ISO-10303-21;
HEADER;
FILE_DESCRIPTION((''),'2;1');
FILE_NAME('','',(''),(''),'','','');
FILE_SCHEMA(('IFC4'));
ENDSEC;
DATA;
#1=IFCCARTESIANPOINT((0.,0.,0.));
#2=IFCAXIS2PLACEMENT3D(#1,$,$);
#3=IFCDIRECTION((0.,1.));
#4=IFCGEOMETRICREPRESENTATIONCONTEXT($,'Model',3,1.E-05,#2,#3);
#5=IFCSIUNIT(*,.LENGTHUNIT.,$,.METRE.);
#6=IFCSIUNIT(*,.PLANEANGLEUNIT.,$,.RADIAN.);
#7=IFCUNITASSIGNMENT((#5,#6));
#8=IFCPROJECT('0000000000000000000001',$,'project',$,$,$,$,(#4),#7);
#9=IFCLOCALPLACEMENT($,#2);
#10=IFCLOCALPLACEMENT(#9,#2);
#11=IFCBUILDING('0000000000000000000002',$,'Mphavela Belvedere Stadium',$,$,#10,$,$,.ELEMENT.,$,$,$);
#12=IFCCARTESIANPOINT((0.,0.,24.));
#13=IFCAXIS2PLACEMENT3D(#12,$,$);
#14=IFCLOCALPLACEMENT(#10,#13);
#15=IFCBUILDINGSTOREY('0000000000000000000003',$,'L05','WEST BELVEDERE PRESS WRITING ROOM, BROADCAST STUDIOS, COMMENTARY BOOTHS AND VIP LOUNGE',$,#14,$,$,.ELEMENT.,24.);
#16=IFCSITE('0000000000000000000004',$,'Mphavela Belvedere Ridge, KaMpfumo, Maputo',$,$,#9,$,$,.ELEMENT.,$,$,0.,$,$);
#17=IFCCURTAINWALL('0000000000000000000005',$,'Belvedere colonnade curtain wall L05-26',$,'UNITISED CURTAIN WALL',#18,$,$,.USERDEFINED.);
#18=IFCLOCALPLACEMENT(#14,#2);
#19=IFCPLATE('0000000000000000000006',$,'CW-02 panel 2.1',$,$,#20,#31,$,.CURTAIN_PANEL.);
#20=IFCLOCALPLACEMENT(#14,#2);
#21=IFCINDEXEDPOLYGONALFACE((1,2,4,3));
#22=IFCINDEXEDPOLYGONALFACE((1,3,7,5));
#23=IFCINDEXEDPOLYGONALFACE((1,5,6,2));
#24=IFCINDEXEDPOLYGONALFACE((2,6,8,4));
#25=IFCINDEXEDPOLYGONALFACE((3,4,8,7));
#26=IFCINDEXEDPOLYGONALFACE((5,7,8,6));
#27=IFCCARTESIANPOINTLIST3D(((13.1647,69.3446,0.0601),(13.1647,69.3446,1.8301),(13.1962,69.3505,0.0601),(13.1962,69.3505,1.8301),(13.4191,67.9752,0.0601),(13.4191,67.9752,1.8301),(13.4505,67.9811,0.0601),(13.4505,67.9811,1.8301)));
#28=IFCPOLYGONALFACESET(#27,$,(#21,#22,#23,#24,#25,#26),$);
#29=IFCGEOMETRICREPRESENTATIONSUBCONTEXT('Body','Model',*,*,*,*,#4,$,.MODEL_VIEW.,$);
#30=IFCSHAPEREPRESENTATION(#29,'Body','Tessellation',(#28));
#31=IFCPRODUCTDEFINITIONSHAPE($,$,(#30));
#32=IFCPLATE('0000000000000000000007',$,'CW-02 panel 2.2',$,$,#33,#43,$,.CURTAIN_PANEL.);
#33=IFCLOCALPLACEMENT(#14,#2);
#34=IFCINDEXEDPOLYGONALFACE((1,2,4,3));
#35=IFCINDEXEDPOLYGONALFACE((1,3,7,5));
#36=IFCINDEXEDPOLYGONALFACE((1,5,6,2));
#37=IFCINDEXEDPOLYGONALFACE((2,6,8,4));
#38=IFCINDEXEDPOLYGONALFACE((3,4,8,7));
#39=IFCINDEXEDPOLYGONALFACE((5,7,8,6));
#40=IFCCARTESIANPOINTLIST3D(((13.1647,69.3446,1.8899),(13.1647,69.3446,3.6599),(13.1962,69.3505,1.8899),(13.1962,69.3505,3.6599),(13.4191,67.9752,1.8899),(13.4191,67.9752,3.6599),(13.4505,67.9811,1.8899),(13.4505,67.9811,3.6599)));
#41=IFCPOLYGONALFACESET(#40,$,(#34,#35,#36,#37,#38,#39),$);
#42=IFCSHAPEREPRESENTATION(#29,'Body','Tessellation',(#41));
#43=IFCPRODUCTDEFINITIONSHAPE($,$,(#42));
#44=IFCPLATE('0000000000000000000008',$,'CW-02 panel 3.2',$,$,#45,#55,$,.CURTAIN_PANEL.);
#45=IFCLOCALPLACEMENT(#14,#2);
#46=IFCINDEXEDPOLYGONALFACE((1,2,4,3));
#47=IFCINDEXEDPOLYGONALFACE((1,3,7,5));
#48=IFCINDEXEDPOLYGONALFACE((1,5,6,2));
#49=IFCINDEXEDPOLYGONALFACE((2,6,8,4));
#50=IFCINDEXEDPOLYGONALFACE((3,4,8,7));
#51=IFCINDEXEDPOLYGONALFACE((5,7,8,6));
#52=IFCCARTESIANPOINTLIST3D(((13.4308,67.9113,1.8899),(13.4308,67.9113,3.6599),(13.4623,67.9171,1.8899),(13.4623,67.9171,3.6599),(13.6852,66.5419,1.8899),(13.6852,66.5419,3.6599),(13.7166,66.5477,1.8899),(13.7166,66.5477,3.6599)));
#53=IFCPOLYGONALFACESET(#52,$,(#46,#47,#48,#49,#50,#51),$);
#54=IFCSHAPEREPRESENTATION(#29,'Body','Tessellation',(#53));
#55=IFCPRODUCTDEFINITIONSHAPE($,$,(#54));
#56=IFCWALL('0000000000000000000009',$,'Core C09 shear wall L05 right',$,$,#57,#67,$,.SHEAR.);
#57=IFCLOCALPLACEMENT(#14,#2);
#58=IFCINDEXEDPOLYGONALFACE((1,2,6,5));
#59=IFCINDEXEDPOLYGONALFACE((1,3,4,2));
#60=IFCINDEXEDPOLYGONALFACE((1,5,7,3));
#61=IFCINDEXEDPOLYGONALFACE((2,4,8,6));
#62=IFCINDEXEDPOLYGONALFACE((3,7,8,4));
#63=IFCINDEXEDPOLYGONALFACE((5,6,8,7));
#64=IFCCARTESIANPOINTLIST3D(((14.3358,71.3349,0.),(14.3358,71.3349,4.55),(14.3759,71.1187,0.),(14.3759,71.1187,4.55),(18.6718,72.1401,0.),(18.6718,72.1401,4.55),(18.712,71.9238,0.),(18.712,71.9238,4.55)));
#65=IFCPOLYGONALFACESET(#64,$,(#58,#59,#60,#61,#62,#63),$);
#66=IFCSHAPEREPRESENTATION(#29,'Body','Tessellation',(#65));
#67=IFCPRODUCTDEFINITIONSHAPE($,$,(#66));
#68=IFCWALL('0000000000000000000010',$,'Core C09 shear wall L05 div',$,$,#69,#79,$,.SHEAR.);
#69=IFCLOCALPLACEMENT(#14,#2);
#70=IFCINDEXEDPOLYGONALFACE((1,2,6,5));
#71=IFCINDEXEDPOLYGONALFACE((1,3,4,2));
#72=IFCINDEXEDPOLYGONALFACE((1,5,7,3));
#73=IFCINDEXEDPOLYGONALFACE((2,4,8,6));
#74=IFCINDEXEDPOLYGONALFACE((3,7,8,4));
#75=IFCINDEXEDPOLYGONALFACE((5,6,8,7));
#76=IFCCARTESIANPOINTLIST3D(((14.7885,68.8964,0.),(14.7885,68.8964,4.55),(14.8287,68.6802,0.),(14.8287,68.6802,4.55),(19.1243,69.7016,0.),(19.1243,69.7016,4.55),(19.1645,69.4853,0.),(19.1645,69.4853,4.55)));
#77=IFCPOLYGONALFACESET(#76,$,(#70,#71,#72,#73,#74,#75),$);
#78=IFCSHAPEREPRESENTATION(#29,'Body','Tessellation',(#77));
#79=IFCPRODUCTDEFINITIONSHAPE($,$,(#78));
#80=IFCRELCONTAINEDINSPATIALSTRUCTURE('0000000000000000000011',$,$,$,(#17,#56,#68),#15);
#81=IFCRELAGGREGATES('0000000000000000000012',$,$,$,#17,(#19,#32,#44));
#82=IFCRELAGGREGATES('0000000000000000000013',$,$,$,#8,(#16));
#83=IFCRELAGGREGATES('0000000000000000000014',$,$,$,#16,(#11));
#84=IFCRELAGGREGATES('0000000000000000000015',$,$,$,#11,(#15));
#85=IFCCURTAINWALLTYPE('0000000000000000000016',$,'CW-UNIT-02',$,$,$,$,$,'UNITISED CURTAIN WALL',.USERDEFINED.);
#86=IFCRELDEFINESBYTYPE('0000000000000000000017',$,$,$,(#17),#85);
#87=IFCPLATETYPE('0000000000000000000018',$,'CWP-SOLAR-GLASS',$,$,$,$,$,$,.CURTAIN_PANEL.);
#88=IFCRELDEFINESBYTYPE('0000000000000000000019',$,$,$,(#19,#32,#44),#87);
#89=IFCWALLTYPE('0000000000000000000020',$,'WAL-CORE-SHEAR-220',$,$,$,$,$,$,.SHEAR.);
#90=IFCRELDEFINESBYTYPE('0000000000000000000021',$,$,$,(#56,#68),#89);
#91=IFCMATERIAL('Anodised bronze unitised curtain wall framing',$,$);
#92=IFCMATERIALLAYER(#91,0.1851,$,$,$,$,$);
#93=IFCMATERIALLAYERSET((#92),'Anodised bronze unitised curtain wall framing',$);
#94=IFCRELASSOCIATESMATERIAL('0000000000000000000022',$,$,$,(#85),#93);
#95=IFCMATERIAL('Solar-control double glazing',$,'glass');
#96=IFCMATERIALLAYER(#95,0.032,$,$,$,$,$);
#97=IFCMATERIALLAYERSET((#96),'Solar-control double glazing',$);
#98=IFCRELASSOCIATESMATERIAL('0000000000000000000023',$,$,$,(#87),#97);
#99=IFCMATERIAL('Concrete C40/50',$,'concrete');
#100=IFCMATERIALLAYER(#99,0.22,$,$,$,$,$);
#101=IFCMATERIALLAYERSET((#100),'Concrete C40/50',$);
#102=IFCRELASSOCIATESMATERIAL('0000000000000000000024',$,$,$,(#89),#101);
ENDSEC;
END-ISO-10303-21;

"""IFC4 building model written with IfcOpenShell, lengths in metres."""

from ifc_helpers import new_model, si_unit, direction, frame, frame_2d, origin, origin_2d, place, context, subcontext, project, spatial, rectangle, extrude, material, layer, layer_set, type_object, element, aggregate, save


model = new_model("IFC4")

# Units and contexts
model_context = context("Model", 3, precision=1e-05, world=origin(), true_north=direction((0.0, 1.0)))
body_context = subcontext(model_context, "Body", "Model", "MODEL_VIEW")
ifc_project = project(units=[si_unit("LENGTHUNIT", "METRE"), si_unit("PLANEANGLEUNIT", "RADIAN")], contexts=[model_context])

# Site, building, storey
site_placement = place(None, origin())
site = spatial("IfcSite", under=ifc_project, at=site_placement, Name="Mphavela Belvedere Ridge, KaMpfumo, Maputo", CompositionType="ELEMENT", RefElevation=0.0)
building_placement = place(site_placement, origin())
building = spatial("IfcBuilding", under=site, at=building_placement, Name="Mphavela Belvedere Stadium", CompositionType="ELEMENT")
storey_placement = place(building_placement, frame((0.0, 0.0, 24.0)))
storey = spatial("IfcBuildingStorey", under=building, at=storey_placement, Name="L05", Description="WEST BELVEDERE PRESS WRITING ROOM, BROADCAST STUDIOS, COMMENTARY BOOTHS AND VIP LOUNGE", CompositionType="ELEMENT", Elevation=24.0)

# Curtain wall
ifc_material_1 = material(Name="Anodised bronze unitised curtain wall framing")
ifc_layer_1 = layer(ifc_material_1, 0.1851)
ifc_layer_set_1 = layer_set([ifc_layer_1], Name="Anodised bronze unitised curtain wall framing")
curtain_wall_type_1 = type_object("IfcCurtainWallType", Name="CW-UNIT-02", ElementType="UNITISED CURTAIN WALL", PredefinedType="USERDEFINED", material=ifc_layer_set_1)
curtain_wall_1_placement = place(storey_placement, origin())
curtain_wall_1 = element("IfcCurtainWall", 1, at=curtain_wall_1_placement, inside=storey, type_object=curtain_wall_type_1, Name="Belvedere colonnade curtain wall L05-26", ObjectType="UNITISED CURTAIN WALL", PredefinedType="USERDEFINED")

# Plates
ifc_material_2 = material(Name="Solar-control double glazing", Category="glass")
ifc_layer_2 = layer(ifc_material_2, 0.032)
ifc_layer_set_2 = layer_set([ifc_layer_2], Name="Solar-control double glazing")
plate_type = type_object("IfcPlateType", Name="CWP-SOLAR-GLASS", PredefinedType="CURTAIN_PANEL", material=ifc_layer_set_2)
plate_1_placement = place(storey_placement, frame((13.3076, 68.6628, 0.0601), z_axis=(0.0, 0.0, 1.0), x_axis=(0.182618, -0.983184, 0.0)))
plate_1 = element("IfcPlate", 2, at=plate_1_placement, type_object=plate_type, Name="CW-02 panel 2.1", PredefinedType="CURTAIN_PANEL", context=body_context, shape_type="SweptSolid", body=[
    extrude(rectangle(XDim=1.3928, YDim=0.032, at=origin_2d()), origin(), (0.0, 0.0, 1.0), 1.77),
])
plate_2_placement = place(storey_placement, frame((13.3076, 68.6628, 1.8899), z_axis=(0.0, 0.0, 1.0), x_axis=(0.182618, -0.983184, 0.0)))
plate_2 = element("IfcPlate", 3, at=plate_2_placement, type_object=plate_type, Name="CW-02 panel 2.2", PredefinedType="CURTAIN_PANEL", context=body_context, shape_type="SweptSolid", body=[
    extrude(rectangle(XDim=1.3928, YDim=0.032, at=origin_2d()), origin(), (0.0, 0.0, 1.0), 1.77),
])
plate_3_placement = place(storey_placement, frame((13.5737, 67.2295, 1.8899), z_axis=(0.0, 0.0, 1.0), x_axis=(0.182618, -0.983184, 0.0)))
plate_3 = element("IfcPlate", 4, at=plate_3_placement, type_object=plate_type, Name="CW-02 panel 3.2", PredefinedType="CURTAIN_PANEL", context=body_context, shape_type="SweptSolid", body=[
    extrude(rectangle(XDim=1.3928, YDim=0.032, at=origin_2d()), origin(), (0.0, 0.0, 1.0), 1.77),
])
aggregate(curtain_wall_1, [plate_1, plate_2, plate_3])

# Walls
ifc_material_3 = material(Name="Concrete C40/50", Category="concrete")
ifc_layer_3 = layer(ifc_material_3, 0.22)
ifc_layer_set_3 = layer_set([ifc_layer_3], Name="Concrete C40/50")
wall_type = type_object("IfcWallType", Name="WAL-CORE-SHEAR-220", PredefinedType="SHEAR", material=ifc_layer_set_3)
wall_1_placement = place(storey_placement, frame((18.6919, 72.032, 0.0), z_axis=(0.0, 0.0, 1.0), x_axis=(-0.983192, -0.182577, 0.0)))
element("IfcWall", 5, at=wall_1_placement, inside=storey, type_object=wall_type, Name="Core C09 shear wall L05 right", PredefinedType="SHEAR", context=body_context, shape_type="SweptSolid", body=[
    extrude(rectangle(XDim=4.4102, YDim=0.22, at=frame_2d((2.2051, 0.0))), origin(), (0.0, 0.0, 1.0), 4.55),
])
wall_2_placement = place(storey_placement, frame((19.1445, 69.5935, 0.0), z_axis=(0.0, 0.0, 1.0), x_axis=(-0.98319, -0.182587, 0.0)))
element("IfcWall", 6, at=wall_2_placement, inside=storey, type_object=wall_type, Name="Core C09 shear wall L05 div", PredefinedType="SHEAR", context=body_context, shape_type="SweptSolid", body=[
    extrude(rectangle(XDim=4.4099, YDim=0.22, at=frame_2d((2.2051, 0.0))), origin(), (0.0, 0.0, 1.0), 4.55),
])

save(model, "model.ifc")
